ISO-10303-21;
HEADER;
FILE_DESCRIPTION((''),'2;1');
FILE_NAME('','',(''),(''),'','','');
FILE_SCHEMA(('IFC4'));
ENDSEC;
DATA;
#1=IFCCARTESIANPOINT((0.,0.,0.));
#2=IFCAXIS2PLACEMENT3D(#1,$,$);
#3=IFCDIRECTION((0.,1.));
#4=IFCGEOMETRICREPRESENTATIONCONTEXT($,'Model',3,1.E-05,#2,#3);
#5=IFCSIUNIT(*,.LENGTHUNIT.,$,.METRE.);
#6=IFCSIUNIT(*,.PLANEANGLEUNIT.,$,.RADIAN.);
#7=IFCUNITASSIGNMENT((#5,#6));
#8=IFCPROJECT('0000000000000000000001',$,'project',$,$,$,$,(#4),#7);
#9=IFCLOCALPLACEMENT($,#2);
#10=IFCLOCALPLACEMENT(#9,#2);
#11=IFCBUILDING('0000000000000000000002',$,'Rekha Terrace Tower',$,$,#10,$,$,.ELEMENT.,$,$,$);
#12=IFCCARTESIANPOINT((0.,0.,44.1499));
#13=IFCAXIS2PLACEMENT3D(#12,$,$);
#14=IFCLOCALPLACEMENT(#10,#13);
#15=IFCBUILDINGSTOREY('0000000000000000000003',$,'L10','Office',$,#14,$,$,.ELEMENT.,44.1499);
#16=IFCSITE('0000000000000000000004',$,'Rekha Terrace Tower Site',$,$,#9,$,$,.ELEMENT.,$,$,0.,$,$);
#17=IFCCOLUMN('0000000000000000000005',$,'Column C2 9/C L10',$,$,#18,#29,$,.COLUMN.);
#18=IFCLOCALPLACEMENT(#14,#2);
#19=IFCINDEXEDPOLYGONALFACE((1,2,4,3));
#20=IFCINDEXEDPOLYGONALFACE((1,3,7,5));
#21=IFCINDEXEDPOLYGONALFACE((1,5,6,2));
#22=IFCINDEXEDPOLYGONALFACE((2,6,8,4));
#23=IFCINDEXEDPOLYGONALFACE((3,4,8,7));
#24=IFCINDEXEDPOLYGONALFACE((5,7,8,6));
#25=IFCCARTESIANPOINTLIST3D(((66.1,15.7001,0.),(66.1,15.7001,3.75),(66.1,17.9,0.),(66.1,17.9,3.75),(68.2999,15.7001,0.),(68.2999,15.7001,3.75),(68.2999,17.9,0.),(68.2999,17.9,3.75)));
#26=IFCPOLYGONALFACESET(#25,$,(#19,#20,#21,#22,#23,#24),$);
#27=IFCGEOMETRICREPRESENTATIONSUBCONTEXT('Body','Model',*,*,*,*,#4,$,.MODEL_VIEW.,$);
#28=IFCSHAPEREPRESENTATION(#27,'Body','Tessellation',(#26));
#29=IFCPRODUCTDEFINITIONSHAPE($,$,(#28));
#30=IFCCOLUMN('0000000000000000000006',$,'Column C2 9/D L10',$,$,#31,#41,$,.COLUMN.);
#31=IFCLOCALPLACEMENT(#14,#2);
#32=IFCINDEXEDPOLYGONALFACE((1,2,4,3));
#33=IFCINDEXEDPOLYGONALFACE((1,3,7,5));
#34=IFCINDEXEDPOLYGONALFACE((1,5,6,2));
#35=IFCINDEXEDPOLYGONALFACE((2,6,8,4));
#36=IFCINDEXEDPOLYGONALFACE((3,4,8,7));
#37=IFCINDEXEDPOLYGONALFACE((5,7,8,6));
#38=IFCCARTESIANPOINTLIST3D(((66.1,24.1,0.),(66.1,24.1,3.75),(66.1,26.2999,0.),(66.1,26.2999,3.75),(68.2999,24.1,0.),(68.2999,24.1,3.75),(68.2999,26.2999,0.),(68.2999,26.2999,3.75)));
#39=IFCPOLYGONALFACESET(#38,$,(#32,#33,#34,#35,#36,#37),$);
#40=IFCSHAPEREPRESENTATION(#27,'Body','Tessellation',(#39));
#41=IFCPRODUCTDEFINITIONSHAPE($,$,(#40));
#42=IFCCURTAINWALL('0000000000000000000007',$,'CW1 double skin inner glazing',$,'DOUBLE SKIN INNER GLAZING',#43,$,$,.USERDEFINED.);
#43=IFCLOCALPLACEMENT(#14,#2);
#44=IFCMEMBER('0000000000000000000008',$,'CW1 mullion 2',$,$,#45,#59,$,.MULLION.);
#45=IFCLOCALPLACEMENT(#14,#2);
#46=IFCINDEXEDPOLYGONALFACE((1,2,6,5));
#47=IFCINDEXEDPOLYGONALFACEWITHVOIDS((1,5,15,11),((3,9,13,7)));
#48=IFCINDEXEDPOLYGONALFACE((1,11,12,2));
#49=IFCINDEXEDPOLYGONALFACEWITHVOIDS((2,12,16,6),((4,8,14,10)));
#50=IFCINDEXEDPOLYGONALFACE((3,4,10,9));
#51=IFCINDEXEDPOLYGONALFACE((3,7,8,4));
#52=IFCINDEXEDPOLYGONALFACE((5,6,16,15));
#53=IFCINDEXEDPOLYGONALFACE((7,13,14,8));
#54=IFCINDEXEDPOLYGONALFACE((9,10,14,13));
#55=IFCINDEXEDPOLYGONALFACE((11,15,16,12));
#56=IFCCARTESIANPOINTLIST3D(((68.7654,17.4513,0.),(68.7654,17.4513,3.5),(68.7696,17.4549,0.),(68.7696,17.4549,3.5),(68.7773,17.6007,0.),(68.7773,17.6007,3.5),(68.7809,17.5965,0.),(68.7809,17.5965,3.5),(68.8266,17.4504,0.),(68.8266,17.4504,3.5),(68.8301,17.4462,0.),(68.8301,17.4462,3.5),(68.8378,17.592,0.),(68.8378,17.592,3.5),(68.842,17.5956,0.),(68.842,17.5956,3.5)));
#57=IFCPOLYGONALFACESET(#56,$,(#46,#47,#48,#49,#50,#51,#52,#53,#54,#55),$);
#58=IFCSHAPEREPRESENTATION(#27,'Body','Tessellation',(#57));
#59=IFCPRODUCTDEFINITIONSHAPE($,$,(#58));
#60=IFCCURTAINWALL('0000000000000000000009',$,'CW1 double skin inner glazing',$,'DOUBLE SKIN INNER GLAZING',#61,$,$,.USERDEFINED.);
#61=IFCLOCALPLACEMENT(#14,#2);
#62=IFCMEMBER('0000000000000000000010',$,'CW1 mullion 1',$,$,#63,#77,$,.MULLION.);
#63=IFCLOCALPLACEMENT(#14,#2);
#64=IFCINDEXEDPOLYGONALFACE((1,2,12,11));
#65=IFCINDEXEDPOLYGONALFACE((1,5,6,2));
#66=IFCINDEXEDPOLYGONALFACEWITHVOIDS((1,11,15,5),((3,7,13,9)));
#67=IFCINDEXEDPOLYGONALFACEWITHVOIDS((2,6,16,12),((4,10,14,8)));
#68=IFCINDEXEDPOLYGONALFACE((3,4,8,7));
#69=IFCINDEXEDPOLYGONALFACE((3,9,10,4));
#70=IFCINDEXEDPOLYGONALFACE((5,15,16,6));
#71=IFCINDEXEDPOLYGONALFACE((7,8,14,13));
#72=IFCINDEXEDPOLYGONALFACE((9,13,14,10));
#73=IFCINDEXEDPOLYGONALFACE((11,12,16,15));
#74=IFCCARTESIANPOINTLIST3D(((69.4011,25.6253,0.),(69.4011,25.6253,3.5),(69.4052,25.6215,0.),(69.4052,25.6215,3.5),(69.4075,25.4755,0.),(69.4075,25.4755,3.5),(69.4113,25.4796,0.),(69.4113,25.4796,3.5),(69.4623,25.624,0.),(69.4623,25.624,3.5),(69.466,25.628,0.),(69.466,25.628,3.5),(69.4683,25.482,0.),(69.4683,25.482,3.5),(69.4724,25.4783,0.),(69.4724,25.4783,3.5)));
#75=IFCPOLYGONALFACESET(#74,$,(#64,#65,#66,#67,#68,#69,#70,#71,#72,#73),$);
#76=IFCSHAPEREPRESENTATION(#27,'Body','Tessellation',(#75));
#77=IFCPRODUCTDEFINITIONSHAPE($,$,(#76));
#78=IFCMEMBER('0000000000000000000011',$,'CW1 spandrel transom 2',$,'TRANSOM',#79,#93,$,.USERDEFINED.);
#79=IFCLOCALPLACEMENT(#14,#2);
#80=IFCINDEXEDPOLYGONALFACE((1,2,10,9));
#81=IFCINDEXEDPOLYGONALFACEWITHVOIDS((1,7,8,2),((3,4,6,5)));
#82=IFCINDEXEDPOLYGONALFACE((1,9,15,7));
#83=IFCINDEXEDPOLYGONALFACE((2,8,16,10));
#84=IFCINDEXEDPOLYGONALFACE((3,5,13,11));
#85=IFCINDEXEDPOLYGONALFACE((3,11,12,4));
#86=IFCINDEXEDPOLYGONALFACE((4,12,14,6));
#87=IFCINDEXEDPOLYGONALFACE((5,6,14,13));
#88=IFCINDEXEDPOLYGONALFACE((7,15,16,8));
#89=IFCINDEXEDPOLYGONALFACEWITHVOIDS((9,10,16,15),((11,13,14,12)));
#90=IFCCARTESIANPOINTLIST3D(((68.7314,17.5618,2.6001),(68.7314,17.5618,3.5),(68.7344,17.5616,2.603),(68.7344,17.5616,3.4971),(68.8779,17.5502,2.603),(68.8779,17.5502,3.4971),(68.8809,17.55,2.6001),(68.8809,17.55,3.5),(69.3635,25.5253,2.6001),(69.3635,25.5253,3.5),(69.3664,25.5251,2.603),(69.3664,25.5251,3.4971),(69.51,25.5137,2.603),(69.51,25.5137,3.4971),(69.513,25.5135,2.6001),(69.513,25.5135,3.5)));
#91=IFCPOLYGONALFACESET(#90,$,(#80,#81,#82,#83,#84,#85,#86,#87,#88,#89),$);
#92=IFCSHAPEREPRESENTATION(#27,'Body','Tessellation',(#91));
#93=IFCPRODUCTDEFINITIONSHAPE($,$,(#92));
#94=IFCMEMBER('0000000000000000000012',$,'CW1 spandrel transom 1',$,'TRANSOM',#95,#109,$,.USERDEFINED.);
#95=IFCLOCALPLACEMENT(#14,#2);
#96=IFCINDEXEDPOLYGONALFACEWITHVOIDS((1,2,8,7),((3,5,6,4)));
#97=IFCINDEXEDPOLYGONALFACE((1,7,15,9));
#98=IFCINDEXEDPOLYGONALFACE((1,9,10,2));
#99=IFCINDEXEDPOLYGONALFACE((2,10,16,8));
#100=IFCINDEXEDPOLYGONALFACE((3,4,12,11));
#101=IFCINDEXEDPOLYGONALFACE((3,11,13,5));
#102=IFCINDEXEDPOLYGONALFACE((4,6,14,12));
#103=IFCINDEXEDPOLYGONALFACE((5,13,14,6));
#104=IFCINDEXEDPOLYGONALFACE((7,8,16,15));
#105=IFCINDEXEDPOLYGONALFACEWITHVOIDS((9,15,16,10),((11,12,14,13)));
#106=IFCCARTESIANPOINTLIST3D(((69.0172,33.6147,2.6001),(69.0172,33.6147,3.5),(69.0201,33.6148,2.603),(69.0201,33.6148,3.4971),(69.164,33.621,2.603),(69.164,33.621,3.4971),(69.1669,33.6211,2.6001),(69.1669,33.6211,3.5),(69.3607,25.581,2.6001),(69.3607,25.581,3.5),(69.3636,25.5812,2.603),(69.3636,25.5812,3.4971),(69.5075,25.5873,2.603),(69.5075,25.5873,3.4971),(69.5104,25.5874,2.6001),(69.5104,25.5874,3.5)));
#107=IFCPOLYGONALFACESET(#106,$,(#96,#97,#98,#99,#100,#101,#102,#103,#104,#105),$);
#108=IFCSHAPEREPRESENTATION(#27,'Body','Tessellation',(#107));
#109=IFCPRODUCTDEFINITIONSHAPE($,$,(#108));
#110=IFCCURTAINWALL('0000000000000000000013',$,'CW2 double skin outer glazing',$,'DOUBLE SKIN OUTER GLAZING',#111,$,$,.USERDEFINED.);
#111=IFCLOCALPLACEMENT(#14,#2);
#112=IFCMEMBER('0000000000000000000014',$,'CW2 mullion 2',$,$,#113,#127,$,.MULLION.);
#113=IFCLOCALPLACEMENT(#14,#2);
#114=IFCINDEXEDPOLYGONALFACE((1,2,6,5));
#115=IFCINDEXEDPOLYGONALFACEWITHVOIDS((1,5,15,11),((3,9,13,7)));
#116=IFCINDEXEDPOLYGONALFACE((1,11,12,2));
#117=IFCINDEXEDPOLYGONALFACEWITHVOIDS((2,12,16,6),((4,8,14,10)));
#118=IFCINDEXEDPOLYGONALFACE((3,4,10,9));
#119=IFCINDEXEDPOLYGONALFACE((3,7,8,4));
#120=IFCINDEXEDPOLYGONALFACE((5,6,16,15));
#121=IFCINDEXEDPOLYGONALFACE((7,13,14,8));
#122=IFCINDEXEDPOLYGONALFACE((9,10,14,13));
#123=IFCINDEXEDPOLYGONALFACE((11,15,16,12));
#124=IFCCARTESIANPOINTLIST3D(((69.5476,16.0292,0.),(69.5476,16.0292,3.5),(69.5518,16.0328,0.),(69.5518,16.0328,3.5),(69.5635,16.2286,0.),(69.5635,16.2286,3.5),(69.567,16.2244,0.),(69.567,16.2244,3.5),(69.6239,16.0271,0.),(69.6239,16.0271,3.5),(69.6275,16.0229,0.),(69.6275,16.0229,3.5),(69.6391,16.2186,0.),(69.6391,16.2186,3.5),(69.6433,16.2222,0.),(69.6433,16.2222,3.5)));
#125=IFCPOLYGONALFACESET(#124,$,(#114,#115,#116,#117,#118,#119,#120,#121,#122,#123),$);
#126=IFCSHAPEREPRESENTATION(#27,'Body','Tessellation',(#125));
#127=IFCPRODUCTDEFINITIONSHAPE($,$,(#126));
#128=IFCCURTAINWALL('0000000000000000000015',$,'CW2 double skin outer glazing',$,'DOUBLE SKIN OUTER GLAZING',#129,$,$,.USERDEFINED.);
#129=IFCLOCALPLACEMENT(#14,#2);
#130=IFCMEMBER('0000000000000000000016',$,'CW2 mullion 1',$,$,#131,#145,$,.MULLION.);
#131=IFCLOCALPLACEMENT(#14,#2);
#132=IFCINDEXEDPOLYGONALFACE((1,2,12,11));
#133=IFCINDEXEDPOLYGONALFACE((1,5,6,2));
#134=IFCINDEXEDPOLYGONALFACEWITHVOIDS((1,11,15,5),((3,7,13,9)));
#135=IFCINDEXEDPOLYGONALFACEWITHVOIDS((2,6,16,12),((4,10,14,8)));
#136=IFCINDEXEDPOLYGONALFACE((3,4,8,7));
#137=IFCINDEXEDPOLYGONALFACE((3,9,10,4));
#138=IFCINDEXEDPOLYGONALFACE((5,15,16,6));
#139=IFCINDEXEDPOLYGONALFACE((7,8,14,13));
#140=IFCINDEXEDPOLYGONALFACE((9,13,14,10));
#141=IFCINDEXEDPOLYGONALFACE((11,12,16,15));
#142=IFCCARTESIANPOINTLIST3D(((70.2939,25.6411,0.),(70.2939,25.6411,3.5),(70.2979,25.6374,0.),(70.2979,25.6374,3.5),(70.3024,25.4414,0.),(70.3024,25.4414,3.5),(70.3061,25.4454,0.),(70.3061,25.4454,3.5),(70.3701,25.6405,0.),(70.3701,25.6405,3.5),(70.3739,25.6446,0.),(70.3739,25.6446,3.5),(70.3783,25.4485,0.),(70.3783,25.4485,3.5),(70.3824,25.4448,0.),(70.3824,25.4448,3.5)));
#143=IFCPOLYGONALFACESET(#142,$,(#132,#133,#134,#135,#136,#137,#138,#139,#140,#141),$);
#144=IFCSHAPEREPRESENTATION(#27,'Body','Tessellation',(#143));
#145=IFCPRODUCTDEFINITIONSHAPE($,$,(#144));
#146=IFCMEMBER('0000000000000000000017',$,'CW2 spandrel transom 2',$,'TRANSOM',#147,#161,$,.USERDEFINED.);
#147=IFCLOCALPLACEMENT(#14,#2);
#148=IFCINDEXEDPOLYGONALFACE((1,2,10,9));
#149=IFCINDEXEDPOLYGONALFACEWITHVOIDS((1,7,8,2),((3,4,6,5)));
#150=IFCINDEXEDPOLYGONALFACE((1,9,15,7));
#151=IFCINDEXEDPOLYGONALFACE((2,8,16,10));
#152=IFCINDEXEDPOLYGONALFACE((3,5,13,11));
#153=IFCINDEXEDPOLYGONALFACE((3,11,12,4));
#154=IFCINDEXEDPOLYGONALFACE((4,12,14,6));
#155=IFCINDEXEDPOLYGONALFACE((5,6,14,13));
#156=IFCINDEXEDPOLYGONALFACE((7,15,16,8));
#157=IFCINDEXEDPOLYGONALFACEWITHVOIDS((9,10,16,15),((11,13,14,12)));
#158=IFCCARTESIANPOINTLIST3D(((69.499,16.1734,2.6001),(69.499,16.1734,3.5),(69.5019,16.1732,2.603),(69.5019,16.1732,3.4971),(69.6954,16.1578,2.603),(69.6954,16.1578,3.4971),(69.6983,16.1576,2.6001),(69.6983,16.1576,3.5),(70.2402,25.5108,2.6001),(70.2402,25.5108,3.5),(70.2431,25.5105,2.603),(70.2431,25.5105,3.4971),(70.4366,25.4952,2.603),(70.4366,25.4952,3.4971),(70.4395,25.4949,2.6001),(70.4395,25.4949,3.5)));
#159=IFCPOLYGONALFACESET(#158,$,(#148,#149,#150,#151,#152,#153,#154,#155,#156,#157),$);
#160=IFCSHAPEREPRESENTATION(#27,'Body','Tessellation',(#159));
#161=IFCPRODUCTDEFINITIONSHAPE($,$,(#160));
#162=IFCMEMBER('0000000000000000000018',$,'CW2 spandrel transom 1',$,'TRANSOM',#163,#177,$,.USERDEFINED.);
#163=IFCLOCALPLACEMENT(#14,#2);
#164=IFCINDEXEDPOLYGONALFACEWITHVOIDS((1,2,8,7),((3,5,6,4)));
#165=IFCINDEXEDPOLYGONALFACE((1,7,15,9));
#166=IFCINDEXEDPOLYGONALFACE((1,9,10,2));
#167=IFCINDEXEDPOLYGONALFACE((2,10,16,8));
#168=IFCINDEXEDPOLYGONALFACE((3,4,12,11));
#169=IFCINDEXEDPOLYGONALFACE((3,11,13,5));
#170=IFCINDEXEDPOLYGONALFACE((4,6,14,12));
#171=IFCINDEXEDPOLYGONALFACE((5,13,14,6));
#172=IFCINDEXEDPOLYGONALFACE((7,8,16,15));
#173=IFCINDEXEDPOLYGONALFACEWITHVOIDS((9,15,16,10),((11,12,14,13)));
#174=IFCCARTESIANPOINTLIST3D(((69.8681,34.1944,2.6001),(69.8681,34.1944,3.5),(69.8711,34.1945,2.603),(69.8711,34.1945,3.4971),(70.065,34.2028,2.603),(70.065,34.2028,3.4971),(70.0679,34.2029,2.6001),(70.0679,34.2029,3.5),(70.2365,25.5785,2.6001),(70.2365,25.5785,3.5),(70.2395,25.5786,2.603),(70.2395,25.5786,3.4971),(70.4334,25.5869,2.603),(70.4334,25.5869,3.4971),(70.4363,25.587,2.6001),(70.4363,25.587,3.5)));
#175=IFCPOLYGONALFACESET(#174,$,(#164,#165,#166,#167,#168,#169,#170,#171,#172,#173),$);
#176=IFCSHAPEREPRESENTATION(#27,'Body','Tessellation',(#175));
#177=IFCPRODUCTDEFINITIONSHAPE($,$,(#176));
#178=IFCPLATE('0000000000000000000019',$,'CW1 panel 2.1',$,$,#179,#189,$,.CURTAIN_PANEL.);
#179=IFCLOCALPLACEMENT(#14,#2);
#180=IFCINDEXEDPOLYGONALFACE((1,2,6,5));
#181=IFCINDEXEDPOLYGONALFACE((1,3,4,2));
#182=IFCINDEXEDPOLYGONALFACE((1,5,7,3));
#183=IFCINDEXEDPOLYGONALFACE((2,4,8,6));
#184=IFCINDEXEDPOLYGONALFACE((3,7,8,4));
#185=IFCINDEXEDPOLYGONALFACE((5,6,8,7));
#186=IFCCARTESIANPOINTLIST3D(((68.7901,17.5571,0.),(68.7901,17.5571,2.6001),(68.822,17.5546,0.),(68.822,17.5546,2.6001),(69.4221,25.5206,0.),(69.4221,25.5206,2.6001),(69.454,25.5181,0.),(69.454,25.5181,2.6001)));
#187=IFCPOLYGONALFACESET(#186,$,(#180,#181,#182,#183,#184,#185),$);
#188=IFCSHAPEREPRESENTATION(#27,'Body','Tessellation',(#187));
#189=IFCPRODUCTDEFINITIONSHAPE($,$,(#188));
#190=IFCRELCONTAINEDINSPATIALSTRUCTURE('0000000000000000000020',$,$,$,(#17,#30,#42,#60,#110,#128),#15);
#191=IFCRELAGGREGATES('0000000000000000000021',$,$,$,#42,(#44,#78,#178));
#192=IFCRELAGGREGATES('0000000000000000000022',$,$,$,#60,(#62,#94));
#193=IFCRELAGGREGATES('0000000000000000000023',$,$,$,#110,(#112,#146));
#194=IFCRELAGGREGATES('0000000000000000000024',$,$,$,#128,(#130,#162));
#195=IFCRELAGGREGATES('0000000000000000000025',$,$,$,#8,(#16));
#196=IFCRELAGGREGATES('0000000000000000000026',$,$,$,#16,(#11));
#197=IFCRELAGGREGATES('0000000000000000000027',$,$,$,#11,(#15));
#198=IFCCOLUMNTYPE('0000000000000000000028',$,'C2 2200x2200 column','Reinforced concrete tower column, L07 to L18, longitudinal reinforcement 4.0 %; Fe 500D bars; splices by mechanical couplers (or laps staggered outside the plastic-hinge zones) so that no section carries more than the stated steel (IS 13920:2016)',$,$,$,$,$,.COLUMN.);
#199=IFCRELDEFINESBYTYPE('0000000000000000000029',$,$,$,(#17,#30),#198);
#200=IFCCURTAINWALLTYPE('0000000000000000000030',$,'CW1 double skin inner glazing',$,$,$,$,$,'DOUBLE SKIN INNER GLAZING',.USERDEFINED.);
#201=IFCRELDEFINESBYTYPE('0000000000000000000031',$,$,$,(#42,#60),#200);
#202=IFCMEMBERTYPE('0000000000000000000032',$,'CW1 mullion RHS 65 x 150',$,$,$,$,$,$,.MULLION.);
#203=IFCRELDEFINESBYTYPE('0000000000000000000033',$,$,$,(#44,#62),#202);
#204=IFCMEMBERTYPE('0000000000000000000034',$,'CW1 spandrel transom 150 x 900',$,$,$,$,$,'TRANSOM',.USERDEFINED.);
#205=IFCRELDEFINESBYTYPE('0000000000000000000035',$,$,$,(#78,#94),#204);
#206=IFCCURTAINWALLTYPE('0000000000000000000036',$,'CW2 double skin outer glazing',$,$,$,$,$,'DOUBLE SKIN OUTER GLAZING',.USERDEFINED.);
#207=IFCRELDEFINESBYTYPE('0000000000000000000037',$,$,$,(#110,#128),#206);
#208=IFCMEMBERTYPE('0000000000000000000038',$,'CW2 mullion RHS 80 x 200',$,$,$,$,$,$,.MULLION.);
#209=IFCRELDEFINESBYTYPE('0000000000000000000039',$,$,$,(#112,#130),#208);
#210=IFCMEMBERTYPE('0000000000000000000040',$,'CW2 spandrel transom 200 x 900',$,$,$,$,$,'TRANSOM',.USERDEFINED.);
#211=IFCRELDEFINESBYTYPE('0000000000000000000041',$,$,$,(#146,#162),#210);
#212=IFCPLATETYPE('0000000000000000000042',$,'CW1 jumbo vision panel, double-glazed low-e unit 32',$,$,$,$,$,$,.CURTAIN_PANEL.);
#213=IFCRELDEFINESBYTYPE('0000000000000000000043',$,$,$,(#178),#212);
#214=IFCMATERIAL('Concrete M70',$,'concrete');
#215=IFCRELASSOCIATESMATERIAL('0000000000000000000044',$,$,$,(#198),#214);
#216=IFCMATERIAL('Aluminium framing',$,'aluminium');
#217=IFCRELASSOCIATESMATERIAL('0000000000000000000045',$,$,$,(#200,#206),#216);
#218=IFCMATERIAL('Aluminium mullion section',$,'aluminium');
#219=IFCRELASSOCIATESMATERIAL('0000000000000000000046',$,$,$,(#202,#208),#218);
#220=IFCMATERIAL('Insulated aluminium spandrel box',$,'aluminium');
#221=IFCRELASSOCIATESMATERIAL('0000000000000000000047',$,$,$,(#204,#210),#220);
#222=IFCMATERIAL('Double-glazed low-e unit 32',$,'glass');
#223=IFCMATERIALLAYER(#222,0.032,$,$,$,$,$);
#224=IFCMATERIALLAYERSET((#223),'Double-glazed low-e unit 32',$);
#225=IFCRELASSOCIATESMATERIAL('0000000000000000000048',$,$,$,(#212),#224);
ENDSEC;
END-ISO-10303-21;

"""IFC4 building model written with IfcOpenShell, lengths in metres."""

from ifc_helpers import new_model, si_unit, direction, frame, origin, origin_2d, place, context, subcontext, project, spatial, rectangle, hollow_rectangle, extrude, material, layer, layer_set, material_profile, profile_set, type_object, element, aggregate, save


model = new_model("IFC4")

# Units and contexts
model_context = context("Model", 3, precision=1e-05, world=origin(), true_north=direction((0.0, 1.0)))
body_context = subcontext(model_context, "Body", "Model", "MODEL_VIEW")
ifc_project = project(units=[si_unit("LENGTHUNIT", "METRE"), si_unit("PLANEANGLEUNIT", "RADIAN")], contexts=[model_context])

# Site, building, storey
site_placement = place(None, origin())
site = spatial("IfcSite", under=ifc_project, at=site_placement, Name="Rekha Terrace Tower Site", CompositionType="ELEMENT", RefElevation=0.0)
building_placement = place(site_placement, origin())
building = spatial("IfcBuilding", under=site, at=building_placement, Name="Rekha Terrace Tower", CompositionType="ELEMENT")
storey_placement = place(building_placement, frame((0.0, 0.0, 44.1499)))
storey = spatial("IfcBuildingStorey", under=building, at=storey_placement, Name="L10", Description="Office", CompositionType="ELEMENT", Elevation=44.1499)

# Columns
ifc_material_1 = material(Name="Concrete M70", Category="concrete")
ifc_material_profile_1 = material_profile(ifc_material_1, rectangle(XDim=2.2, YDim=2.2, at=origin_2d()), Name="RC 2200x2200")
ifc_profile_set_1 = profile_set([ifc_material_profile_1], Name="Concrete M70")
column_type = type_object("IfcColumnType", Name="C2 2200x2200 column", Description="Reinforced concrete tower column, L07 to L18, longitudinal reinforcement 4.0 %; Fe 500D bars; splices by mechanical couplers (or laps staggered outside the plastic-hinge zones) so that no section carries more than the stated steel (IS 13920:2016)", PredefinedType="COLUMN", material=ifc_profile_set_1)
for number, where, z_axis, x_axis, name in (
    (1, (67.2, 16.8, 0.0), (0.0, 0.0, 1.0), (1.0, 0.0, 0.0), "Column C2 9/C L10"),
    (2, (67.2, 25.2, 0.0), (0.0, 0.0, 1.0), (1.0, 0.0, 0.0), "Column C2 9/D L10"),
):
    element("IfcColumn", number, at=place(storey_placement, frame(where, z_axis=z_axis, x_axis=x_axis)), inside=storey, type_object=column_type, Name=name, PredefinedType="COLUMN", context=body_context, shape_type="SweptSolid", body=[
        extrude(rectangle(XDim=2.2, YDim=2.2, at=origin_2d()), origin(), (0.0, 0.0, 1.0), 3.75),
    ])

# Curtain walls, members
ifc_material_2 = material(Name="Aluminium framing", Category="aluminium")
curtain_wall_type_1 = type_object("IfcCurtainWallType", Name="CW1 double skin inner glazing", ElementType="DOUBLE SKIN INNER GLAZING", PredefinedType="USERDEFINED", material=ifc_material_2)
curtain_wall_1_placement = place(storey_placement, origin())
curtain_wall_1 = element("IfcCurtainWall", 3, at=curtain_wall_1_placement, inside=storey, type_object=curtain_wall_type_1, Name="CW1 double skin inner glazing", ObjectType="DOUBLE SKIN INNER GLAZING", PredefinedType="USERDEFINED")
ifc_material_3 = material(Name="Aluminium mullion section", Category="aluminium")
ifc_material_profile_2 = material_profile(ifc_material_3, hollow_rectangle(XDim=0.0649, YDim=0.1499, WallThickness=0.0039, at=origin_2d()), Name="AL RHS 65x150")
ifc_profile_set_2 = profile_set([ifc_material_profile_2], Name="Aluminium mullion section")
member_type_1 = type_object("IfcMemberType", Name="CW1 mullion RHS 65 x 150", PredefinedType="MULLION", material=ifc_profile_set_2)
member_1_placement = place(storey_placement, frame((68.8037, 17.5234, 0.0), z_axis=(0.0, 0.0, 1.0), x_axis=(-0.996865, 0.079116, 0.0)))
member_1 = element("IfcMember", 4, at=member_1_placement, type_object=member_type_1, Name="CW1 mullion 2", PredefinedType="MULLION", context=body_context, shape_type="SweptSolid", body=[
    extrude(hollow_rectangle(XDim=0.0649, YDim=0.1499, WallThickness=0.0039, at=origin_2d()), origin(), (0.0, 0.0, 1.0), 3.5),
])
curtain_wall_2_placement = place(storey_placement, origin())
curtain_wall_2 = element("IfcCurtainWall", 5, at=curtain_wall_2_placement, inside=storey, type_object=curtain_wall_type_1, Name="CW1 double skin inner glazing", ObjectType="DOUBLE SKIN INNER GLAZING", PredefinedType="USERDEFINED")
member_2_placement = place(storey_placement, frame((69.4368, 25.5518, 0.0), z_axis=(0.0, 0.0, 1.0), x_axis=(-0.999088, -0.042696, 0.0)))
member_2 = element("IfcMember", 6, at=member_2_placement, type_object=member_type_1, Name="CW1 mullion 1", PredefinedType="MULLION", context=body_context, shape_type="SweptSolid", body=[
    extrude(hollow_rectangle(XDim=0.0649, YDim=0.1499, WallThickness=0.0039, at=origin_2d()), origin(), (0.0, 0.0, 1.0), 3.5),
])

# Members
ifc_material_4 = material(Name="Insulated aluminium spandrel box", Category="aluminium")
ifc_material_profile_3 = material_profile(ifc_material_4, hollow_rectangle(XDim=0.1499, YDim=0.8999, WallThickness=0.0029, at=origin_2d()), Name="AL SPANDREL BOX 150x900")
ifc_profile_set_3 = profile_set([ifc_material_profile_3], Name="Insulated aluminium spandrel box")
member_type_2 = type_object("IfcMemberType", Name="CW1 spandrel transom 150 x 900", ElementType="TRANSOM", PredefinedType="USERDEFINED", material=ifc_profile_set_3)
member_3_placement = place(storey_placement, frame((68.8062, 17.5559, 3.05), z_axis=(0.079124, 0.996865, 0.0), x_axis=(-0.996865, 0.079124, 0.0)))
member_3 = element("IfcMember", 7, at=member_3_placement, type_object=member_type_2, Name="CW1 spandrel transom 2", ObjectType="TRANSOM", PredefinedType="USERDEFINED", context=body_context, shape_type="SweptSolid", body=[
    extrude(hollow_rectangle(XDim=0.1499, YDim=0.8999, WallThickness=0.0029, at=origin_2d()), origin(), (0.0, 0.0, 1.0), 7.9885),
])
member_4_placement = place(storey_placement, frame((69.4355, 25.5842, 3.05), z_axis=(-0.042719, 0.999087, 0.0), x_axis=(-0.999087, -0.042719, 0.0)))
member_4 = element("IfcMember", 8, at=member_4_placement, type_object=member_type_2, Name="CW1 spandrel transom 1", ObjectType="TRANSOM", PredefinedType="USERDEFINED", context=body_context, shape_type="SweptSolid", body=[
    extrude(hollow_rectangle(XDim=0.1499, YDim=0.8999, WallThickness=0.0029, at=origin_2d()), origin(), (0.0, 0.0, 1.0), 8.041),
])

# Curtain walls, members
curtain_wall_type_2 = type_object("IfcCurtainWallType", Name="CW2 double skin outer glazing", ElementType="DOUBLE SKIN OUTER GLAZING", PredefinedType="USERDEFINED", material=ifc_material_2)
curtain_wall_3_placement = place(storey_placement, origin())
curtain_wall_3 = element("IfcCurtainWall", 9, at=curtain_wall_3_placement, inside=storey, type_object=curtain_wall_type_2, Name="CW2 double skin outer glazing", ObjectType="DOUBLE SKIN OUTER GLAZING", PredefinedType="USERDEFINED")
ifc_material_profile_4 = material_profile(ifc_material_3, hollow_rectangle(XDim=0.0801, YDim=0.2, WallThickness=0.0039, at=origin_2d()), Name="AL RHS 80x200")
ifc_profile_set_4 = profile_set([ifc_material_profile_4], Name="Aluminium mullion section")
member_type_3 = type_object("IfcMemberType", Name="CW2 mullion RHS 80 x 200", PredefinedType="MULLION", material=ifc_profile_set_4)
member_5_placement = place(storey_placement, frame((69.5955, 16.1257, 0.0), z_axis=(0.0, 0.0, 1.0), x_axis=(-0.996865, 0.079116, 0.0)))
member_5 = element("IfcMember", 10, at=member_5_placement, type_object=member_type_3, Name="CW2 mullion 2", PredefinedType="MULLION", context=body_context, shape_type="SweptSolid", body=[
    extrude(hollow_rectangle(XDim=0.0801, YDim=0.2, WallThickness=0.0039, at=origin_2d()), origin(), (0.0, 0.0, 1.0), 3.5),
])
curtain_wall_4_placement = place(storey_placement, origin())
curtain_wall_4 = element("IfcCurtainWall", 11, at=curtain_wall_4_placement, inside=storey, type_object=curtain_wall_type_2, Name="CW2 double skin outer glazing", ObjectType="DOUBLE SKIN OUTER GLAZING", PredefinedType="USERDEFINED")
member_6_placement = place(storey_placement, frame((70.3381, 25.543, 0.0), z_axis=(0.0, 0.0, 1.0), x_axis=(-0.999088, -0.042696, 0.0)))
member_6 = element("IfcMember", 12, at=member_6_placement, type_object=member_type_3, Name="CW2 mullion 1", PredefinedType="MULLION", context=body_context, shape_type="SweptSolid", body=[
    extrude(hollow_rectangle(XDim=0.0801, YDim=0.2, WallThickness=0.0039, at=origin_2d()), origin(), (0.0, 0.0, 1.0), 3.5),
])

# Members
ifc_material_profile_5 = material_profile(ifc_material_4, hollow_rectangle(XDim=0.2, YDim=0.8999, WallThickness=0.0029, at=origin_2d()), Name="AL SPANDREL BOX 200x900")
ifc_profile_set_5 = profile_set([ifc_material_profile_5], Name="Insulated aluminium spandrel box")
member_type_4 = type_object("IfcMemberType", Name="CW2 spandrel transom 200 x 900", ElementType="TRANSOM", PredefinedType="USERDEFINED", material=ifc_profile_set_5)
member_7_placement = place(storey_placement, frame((69.5986, 16.1655, 3.05), z_axis=(0.079132, 0.996864, 0.0), x_axis=(-0.996864, 0.079132, 0.0)))
member_7 = element("IfcMember", 13, at=member_7_placement, type_object=member_type_4, Name="CW2 spandrel transom 2", ObjectType="TRANSOM", PredefinedType="USERDEFINED", context=body_context, shape_type="SweptSolid", body=[
    extrude(hollow_rectangle(XDim=0.2, YDim=0.8999, WallThickness=0.0029, at=origin_2d()), origin(), (0.0, 0.0, 1.0), 9.3667),
])
member_8_placement = place(storey_placement, frame((70.3364, 25.5828, 3.05), z_axis=(-0.04272, 0.999087, 0.0), x_axis=(-0.999087, -0.04272, 0.0)))
member_8 = element("IfcMember", 14, at=member_8_placement, type_object=member_type_4, Name="CW2 spandrel transom 1", ObjectType="TRANSOM", PredefinedType="USERDEFINED", context=body_context, shape_type="SweptSolid", body=[
    extrude(hollow_rectangle(XDim=0.2, YDim=0.8999, WallThickness=0.0029, at=origin_2d()), origin(), (0.0, 0.0, 1.0), 8.6238),
])

# Plate
ifc_material_5 = material(Name="Double-glazed low-e unit 32", Category="glass")
ifc_layer_1 = layer(ifc_material_5, 0.032)
ifc_layer_set_1 = layer_set([ifc_layer_1], Name="Double-glazed low-e unit 32")
plate_type_1 = type_object("IfcPlateType", Name="CW1 jumbo vision panel, double-glazed low-e unit 32", PredefinedType="CURTAIN_PANEL", material=ifc_layer_set_1)
plate_1_placement = place(storey_placement, frame((69.1221, 21.5376, 0.0), z_axis=(0.0, 0.0, 1.0), x_axis=(0.079116, 0.996865, 0.0)))
plate_1 = element("IfcPlate", 15, at=plate_1_placement, type_object=plate_type_1, Name="CW1 panel 2.1", PredefinedType="CURTAIN_PANEL", context=body_context, shape_type="SweptSolid", body=[
    extrude(rectangle(XDim=7.9885, YDim=0.032, at=origin_2d()), origin(), (0.0, 0.0, 1.0), 2.6001),
])
aggregate(curtain_wall_1, [member_1, member_3, plate_1])
aggregate(curtain_wall_2, [member_2, member_4])
aggregate(curtain_wall_3, [member_5, member_7])
aggregate(curtain_wall_4, [member_6, member_8])

save(model, "model.ifc")
